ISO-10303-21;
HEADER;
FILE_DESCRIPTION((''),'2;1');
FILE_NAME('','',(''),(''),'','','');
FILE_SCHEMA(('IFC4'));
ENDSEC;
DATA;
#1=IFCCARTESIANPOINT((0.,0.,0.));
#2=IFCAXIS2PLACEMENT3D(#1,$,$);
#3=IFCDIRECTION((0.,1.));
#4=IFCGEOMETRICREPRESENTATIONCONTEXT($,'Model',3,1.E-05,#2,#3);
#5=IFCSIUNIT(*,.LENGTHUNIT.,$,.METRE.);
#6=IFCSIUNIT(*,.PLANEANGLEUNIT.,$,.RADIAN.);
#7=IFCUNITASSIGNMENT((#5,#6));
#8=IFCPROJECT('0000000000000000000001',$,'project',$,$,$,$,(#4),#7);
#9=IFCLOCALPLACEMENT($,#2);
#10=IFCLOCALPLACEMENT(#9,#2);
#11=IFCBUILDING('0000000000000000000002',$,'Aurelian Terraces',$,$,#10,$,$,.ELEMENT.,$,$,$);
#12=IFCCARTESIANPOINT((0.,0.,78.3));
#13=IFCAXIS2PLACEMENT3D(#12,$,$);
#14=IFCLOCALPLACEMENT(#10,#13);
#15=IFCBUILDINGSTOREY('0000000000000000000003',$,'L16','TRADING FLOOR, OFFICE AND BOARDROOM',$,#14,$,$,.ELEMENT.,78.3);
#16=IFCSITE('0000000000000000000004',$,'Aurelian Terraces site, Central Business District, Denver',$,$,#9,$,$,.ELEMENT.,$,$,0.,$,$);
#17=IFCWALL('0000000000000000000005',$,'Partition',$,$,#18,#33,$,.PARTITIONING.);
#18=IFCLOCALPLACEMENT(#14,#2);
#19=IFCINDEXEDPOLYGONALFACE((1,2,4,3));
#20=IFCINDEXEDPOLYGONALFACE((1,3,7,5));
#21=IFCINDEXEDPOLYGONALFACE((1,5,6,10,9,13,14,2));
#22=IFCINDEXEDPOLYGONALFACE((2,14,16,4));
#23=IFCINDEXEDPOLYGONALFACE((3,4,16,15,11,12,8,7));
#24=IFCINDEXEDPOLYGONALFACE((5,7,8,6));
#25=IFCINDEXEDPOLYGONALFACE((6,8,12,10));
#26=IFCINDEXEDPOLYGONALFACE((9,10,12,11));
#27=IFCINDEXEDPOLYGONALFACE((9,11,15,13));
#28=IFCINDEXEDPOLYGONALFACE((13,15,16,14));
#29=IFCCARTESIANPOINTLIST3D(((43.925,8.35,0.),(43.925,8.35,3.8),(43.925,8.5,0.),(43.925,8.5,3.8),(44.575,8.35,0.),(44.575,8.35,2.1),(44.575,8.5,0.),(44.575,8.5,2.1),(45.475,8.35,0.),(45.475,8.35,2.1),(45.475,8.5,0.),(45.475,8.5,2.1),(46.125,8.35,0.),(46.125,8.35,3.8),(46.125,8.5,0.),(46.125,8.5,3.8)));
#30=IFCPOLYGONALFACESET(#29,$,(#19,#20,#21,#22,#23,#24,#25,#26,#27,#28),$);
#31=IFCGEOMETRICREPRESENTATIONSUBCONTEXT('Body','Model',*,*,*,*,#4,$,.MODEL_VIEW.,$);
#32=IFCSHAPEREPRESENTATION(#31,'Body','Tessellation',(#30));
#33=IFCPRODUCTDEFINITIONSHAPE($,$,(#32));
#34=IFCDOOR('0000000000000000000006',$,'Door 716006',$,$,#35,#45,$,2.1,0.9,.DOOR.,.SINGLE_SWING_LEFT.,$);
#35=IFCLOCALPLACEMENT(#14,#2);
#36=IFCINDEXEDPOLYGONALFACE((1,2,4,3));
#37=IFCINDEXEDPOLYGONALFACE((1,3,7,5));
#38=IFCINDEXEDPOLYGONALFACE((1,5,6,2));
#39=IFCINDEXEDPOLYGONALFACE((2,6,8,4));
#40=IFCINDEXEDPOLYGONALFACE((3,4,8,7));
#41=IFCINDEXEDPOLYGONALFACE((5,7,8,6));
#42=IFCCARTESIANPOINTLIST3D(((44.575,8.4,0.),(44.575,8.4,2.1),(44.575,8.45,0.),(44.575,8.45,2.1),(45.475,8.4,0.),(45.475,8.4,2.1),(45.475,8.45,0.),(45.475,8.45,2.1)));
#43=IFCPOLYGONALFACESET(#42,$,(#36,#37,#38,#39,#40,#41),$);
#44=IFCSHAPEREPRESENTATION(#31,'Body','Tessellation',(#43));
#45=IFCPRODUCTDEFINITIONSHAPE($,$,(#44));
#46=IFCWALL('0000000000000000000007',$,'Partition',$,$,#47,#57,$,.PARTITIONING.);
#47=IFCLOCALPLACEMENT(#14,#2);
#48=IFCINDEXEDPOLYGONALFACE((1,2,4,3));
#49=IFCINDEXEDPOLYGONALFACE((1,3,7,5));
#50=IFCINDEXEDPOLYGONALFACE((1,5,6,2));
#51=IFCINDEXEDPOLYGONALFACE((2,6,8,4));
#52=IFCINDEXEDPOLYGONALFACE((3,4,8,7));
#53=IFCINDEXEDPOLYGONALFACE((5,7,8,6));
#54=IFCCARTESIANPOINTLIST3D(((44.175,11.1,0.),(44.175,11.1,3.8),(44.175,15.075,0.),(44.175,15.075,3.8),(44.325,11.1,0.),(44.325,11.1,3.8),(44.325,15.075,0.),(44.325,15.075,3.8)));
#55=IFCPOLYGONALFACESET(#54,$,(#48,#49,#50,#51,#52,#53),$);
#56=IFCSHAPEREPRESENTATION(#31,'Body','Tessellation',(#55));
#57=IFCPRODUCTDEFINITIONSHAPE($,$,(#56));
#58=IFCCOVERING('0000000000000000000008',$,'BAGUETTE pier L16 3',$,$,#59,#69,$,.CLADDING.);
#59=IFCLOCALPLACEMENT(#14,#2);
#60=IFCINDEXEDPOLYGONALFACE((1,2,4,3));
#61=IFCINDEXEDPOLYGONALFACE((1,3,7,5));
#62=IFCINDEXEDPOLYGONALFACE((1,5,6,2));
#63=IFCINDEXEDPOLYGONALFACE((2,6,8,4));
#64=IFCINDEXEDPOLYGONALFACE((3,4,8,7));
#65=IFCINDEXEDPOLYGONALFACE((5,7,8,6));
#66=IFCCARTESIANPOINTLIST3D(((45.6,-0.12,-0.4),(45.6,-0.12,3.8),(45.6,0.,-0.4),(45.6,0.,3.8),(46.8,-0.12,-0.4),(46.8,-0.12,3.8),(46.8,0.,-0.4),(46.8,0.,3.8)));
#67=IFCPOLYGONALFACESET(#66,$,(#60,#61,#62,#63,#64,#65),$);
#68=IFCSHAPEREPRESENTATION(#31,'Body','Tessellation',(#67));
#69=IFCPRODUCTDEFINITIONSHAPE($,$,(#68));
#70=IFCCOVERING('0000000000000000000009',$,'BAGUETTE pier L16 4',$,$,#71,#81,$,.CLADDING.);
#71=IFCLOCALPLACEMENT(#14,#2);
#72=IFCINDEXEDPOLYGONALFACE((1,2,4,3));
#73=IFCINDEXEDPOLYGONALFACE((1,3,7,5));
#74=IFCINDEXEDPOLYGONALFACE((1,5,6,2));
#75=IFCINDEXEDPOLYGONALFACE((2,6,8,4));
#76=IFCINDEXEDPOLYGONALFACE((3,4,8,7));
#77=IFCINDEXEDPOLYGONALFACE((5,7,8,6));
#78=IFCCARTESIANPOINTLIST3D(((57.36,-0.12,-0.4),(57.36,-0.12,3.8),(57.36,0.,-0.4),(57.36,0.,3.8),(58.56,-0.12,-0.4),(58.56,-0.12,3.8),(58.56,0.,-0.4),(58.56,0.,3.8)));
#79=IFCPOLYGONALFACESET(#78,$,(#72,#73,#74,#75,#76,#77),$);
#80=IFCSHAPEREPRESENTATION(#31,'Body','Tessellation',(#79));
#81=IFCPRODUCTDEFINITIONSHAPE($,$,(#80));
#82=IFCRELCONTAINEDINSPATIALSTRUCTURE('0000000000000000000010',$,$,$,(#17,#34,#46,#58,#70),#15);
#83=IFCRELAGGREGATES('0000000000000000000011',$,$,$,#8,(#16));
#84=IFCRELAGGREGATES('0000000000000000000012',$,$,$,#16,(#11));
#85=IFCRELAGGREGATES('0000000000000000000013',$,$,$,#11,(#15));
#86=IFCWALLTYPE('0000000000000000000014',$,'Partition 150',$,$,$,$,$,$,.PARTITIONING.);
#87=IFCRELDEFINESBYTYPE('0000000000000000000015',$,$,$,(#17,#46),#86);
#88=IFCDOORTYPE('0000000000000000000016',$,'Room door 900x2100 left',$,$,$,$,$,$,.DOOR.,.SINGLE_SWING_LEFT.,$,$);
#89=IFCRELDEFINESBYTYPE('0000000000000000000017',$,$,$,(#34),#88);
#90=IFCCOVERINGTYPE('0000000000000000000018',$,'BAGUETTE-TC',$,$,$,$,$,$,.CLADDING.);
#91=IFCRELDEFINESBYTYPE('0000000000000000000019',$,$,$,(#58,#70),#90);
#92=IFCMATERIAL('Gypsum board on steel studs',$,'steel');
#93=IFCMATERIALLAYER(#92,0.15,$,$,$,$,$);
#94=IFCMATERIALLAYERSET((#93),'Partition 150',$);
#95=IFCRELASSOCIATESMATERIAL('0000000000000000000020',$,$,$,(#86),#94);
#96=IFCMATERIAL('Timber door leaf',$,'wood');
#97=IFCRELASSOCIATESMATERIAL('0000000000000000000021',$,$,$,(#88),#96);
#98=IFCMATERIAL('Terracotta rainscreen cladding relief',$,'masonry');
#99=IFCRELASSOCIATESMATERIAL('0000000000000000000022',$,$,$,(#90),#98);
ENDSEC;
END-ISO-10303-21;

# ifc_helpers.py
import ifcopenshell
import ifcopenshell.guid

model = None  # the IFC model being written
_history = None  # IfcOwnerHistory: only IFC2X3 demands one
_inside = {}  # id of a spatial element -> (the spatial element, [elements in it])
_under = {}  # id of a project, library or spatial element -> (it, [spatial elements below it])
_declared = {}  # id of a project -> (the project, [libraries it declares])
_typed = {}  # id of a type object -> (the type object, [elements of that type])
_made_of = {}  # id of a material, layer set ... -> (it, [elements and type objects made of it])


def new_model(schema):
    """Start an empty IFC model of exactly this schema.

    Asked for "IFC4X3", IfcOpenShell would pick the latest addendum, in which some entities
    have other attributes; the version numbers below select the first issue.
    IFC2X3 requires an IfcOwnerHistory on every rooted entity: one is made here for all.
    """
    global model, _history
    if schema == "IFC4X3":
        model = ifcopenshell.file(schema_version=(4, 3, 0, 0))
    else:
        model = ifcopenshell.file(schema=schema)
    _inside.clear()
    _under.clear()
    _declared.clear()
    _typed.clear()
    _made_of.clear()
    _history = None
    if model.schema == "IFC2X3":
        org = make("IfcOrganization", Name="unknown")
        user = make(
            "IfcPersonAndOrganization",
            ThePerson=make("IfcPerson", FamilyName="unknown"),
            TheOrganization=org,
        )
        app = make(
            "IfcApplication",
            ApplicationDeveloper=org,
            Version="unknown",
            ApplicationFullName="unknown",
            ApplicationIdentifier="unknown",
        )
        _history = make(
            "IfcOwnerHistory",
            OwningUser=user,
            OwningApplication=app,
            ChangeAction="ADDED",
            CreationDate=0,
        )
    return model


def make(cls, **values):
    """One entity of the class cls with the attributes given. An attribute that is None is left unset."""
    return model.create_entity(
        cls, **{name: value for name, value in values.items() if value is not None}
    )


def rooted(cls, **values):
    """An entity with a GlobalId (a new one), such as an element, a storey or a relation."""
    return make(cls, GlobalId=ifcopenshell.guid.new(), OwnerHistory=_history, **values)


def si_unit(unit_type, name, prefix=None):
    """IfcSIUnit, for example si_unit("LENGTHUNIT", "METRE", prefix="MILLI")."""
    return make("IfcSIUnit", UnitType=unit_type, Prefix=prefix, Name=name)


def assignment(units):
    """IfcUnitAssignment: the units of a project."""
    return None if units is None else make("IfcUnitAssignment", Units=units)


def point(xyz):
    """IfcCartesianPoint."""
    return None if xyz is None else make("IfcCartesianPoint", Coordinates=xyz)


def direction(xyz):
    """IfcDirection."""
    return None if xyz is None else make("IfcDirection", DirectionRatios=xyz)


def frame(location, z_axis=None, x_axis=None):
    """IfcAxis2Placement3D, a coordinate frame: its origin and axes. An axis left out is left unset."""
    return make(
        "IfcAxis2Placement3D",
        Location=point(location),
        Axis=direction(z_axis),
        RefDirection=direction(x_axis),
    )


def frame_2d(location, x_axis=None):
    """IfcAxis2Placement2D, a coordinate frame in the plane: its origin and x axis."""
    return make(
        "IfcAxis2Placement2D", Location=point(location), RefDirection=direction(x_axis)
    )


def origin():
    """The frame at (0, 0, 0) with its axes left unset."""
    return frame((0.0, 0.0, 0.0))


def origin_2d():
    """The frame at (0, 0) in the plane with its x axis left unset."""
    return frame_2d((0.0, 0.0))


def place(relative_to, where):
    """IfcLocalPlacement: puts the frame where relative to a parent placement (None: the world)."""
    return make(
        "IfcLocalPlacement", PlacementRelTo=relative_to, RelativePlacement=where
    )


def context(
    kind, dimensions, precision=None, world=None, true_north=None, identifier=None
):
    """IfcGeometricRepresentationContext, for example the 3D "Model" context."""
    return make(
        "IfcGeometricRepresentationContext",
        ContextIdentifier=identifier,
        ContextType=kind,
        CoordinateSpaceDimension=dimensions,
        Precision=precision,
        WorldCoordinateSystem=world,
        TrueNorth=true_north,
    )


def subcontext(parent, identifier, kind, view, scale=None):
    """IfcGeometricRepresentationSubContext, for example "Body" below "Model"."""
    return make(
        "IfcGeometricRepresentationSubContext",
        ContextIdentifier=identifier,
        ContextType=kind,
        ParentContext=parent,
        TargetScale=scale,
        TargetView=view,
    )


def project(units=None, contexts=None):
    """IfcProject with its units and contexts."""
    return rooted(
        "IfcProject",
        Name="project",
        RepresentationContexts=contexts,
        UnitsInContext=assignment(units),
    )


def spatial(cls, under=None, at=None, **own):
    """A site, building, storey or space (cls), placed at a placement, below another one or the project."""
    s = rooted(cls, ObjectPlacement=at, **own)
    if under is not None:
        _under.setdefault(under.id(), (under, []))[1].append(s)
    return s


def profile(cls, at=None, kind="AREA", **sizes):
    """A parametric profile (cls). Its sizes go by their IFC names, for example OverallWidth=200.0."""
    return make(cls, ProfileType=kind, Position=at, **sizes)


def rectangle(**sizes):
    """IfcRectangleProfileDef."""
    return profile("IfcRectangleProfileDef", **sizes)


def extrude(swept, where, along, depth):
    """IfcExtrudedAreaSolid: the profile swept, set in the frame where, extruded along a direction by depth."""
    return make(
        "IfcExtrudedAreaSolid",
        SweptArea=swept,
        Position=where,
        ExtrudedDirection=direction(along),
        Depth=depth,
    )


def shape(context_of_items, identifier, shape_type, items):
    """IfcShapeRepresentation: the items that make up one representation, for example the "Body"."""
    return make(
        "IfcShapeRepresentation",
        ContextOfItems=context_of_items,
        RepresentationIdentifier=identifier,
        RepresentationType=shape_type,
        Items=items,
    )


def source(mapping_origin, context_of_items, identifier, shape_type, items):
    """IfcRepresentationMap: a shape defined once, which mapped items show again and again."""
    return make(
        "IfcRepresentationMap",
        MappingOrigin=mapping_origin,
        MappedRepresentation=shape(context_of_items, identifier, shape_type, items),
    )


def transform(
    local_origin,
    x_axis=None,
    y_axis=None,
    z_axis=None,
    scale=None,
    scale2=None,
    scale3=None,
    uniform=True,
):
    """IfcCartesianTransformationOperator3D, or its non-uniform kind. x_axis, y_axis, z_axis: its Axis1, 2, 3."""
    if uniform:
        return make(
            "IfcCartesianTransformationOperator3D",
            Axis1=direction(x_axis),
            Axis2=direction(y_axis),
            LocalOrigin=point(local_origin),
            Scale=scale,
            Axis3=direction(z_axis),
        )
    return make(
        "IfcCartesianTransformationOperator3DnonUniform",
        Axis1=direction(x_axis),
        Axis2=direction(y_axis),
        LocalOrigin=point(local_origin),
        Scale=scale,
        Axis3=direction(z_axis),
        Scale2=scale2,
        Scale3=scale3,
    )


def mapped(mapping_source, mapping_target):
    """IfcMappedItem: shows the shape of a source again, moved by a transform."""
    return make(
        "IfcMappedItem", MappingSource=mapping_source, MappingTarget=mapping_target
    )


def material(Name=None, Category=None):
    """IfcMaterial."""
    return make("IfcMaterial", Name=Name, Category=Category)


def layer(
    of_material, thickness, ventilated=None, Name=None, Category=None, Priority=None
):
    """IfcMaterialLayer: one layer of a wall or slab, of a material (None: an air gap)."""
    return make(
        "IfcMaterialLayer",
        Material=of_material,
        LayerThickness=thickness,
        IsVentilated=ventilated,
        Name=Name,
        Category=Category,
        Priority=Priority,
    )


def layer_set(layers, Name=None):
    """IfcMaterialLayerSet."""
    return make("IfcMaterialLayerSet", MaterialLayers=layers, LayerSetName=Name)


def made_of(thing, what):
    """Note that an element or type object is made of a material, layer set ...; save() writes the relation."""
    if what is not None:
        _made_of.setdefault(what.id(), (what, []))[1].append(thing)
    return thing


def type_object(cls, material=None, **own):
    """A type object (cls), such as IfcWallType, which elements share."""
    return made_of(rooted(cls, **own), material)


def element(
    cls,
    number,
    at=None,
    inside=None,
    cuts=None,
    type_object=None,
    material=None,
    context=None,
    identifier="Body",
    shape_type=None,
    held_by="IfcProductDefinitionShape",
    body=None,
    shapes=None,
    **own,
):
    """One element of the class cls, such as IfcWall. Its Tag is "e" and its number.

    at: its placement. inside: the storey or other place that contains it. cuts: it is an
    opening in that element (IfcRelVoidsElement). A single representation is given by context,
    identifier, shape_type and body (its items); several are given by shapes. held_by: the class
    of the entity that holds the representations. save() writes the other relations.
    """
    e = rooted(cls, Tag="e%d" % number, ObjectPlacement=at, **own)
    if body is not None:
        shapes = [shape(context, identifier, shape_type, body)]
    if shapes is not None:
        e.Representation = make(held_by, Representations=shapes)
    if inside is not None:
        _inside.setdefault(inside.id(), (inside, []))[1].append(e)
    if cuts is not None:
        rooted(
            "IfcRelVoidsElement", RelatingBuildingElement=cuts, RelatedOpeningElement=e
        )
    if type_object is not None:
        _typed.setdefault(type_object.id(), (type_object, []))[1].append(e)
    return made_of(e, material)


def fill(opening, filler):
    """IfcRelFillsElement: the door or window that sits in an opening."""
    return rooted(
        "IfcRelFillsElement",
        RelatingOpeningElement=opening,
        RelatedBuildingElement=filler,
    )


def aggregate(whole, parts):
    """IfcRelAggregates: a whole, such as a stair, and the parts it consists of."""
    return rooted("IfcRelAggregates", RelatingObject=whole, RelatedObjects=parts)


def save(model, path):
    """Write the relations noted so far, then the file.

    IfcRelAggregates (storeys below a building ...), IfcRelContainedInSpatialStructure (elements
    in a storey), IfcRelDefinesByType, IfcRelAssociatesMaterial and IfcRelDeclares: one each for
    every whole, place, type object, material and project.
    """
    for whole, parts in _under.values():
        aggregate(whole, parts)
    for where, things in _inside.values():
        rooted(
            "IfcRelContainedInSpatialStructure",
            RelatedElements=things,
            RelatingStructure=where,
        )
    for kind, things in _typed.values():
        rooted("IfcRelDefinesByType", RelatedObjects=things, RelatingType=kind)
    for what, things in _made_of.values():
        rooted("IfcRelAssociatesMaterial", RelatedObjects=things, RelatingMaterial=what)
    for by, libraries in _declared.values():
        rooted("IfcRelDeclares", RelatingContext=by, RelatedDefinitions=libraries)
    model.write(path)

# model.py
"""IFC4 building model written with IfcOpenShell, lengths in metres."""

from ifc_helpers import new_model, si_unit, direction, frame, frame_2d, origin, origin_2d, place, context, subcontext, project, spatial, rectangle, extrude, source, transform, mapped, material, layer, layer_set, type_object, element, fill, save


model = new_model("IFC4")

# Units and contexts
model_context = context("Model", 3, precision=1e-05, world=origin(), true_north=direction((0.0, 1.0)))
body_context = subcontext(model_context, "Body", "Model", "MODEL_VIEW")
ifc_project = project(units=[si_unit("LENGTHUNIT", "METRE"), si_unit("PLANEANGLEUNIT", "RADIAN")], contexts=[model_context])

# Site, building, storey
site_placement = place(None, origin())
site = spatial("IfcSite", under=ifc_project, at=site_placement, Name="Aurelian Terraces site, Central Business District, Denver", CompositionType="ELEMENT", RefElevation=0.0)
building_placement = place(site_placement, origin())
building = spatial("IfcBuilding", under=site, at=building_placement, Name="Aurelian Terraces", CompositionType="ELEMENT")
storey_placement = place(building_placement, frame((0.0, 0.0, 78.3)))
storey = spatial("IfcBuildingStorey", under=building, at=storey_placement, Name="L16", Description="TRADING FLOOR, OFFICE AND BOARDROOM", CompositionType="ELEMENT", Elevation=78.3)

# Shared definitions
ifc_material_1 = material(Name="Timber door leaf", Category="wood")

# Shared definitions
ifc_material_2 = material(Name="Gypsum board on steel studs", Category="steel")
ifc_layer_1 = layer(ifc_material_2, 0.15)
ifc_layer_set_1 = layer_set([ifc_layer_1], Name="Partition 150")
wall_type_1 = type_object("IfcWallType", Name="Partition 150", PredefinedType="PARTITIONING", material=ifc_layer_set_1)

# Wall, opening, door
shared_shape_1 = source(origin(), body_context, "Body", "SweptSolid", [
    extrude(rectangle(XDim=2.2, YDim=0.15, at=frame_2d((1.1, 0.0))), origin(), (0.0, 0.0, 1.0), 3.8),
])
wall_1_placement = place(storey_placement, frame((46.125, 8.425, 0.0), z_axis=(0.0, 0.0, 1.0), x_axis=(-1.0, 0.0, 0.0)))
wall_1 = element("IfcWall", 1, at=wall_1_placement, inside=storey, type_object=wall_type_1, Name="Partition", PredefinedType="PARTITIONING", context=body_context, shape_type="MappedRepresentation", body=[
    mapped(shared_shape_1, transform((0.0, 0.0, 0.0), scale=1.0)),
])
shared_shape_2 = source(origin(), body_context, "Body", "SweptSolid", [
    extrude(rectangle(XDim=0.9, YDim=2.1, at=frame_2d((0.45, 1.05))), frame((0.0, 0.085, 0.0), z_axis=(0.0, -1.0, 0.0), x_axis=(1.0, 0.0, 0.0)), (0.0, 0.0, 1.0), 0.17),
])
opening_1_placement = place(wall_1_placement, frame((0.65, 0.0, 0.0)))
opening_1 = element("IfcOpeningElement", 2, at=opening_1_placement, cuts=wall_1, PredefinedType="OPENING", context=body_context, shape_type="MappedRepresentation", body=[
    mapped(shared_shape_2, transform((0.0, 0.0, 0.0), scale=1.0)),
])
door_type_1 = type_object("IfcDoorType", Name="Room door 900x2100 left", OperationType="SINGLE_SWING_LEFT", PredefinedType="DOOR", material=ifc_material_1)
shared_shape_3 = source(origin(), body_context, "Body", "SweptSolid", [
    extrude(rectangle(XDim=0.9, YDim=2.1, at=frame_2d((0.45, 1.05))), frame((0.0, 0.025, 0.0), z_axis=(0.0, -1.0, 0.0), x_axis=(1.0, 0.0, 0.0)), (0.0, 0.0, 1.0), 0.05),
])
door_1_placement = place(opening_1_placement, origin())
door_1 = element("IfcDoor", 3, at=door_1_placement, inside=storey, type_object=door_type_1, Name="Door 716006", OperationType="SINGLE_SWING_LEFT", OverallHeight=2.1, OverallWidth=0.9, PredefinedType="DOOR", context=body_context, shape_type="MappedRepresentation", body=[
    mapped(shared_shape_3, transform((0.0, 0.0, 0.0), scale=1.0)),
])
fill(opening_1, door_1)

# Wall
shared_shape_4 = source(origin(), body_context, "Body", "SweptSolid", [
    extrude(rectangle(XDim=3.975, YDim=0.15, at=frame_2d((1.9875, 0.0))), origin(), (0.0, 0.0, 1.0), 3.8),
])
wall_2_placement = place(storey_placement, frame((44.25, 11.1, 0.0), z_axis=(0.0, 0.0, 1.0), x_axis=(0.0, 1.0, 0.0)))
element("IfcWall", 4, at=wall_2_placement, inside=storey, type_object=wall_type_1, Name="Partition", PredefinedType="PARTITIONING", context=body_context, shape_type="MappedRepresentation", body=[
    mapped(shared_shape_4, transform((0.0, 0.0, 0.0), scale=1.0)),
])

# Coverings
ifc_material_3 = material(Name="Terracotta rainscreen cladding relief", Category="masonry")
covering_type = type_object("IfcCoveringType", Name="BAGUETTE-TC", PredefinedType="CLADDING", material=ifc_material_3)
shared_shape_5 = source(origin(), body_context, "Body", "SweptSolid", [
    extrude(rectangle(XDim=1.2, YDim=0.12, at=origin_2d()), origin(), (0.0, 0.0, 1.0), 4.2),
])
for number, where, z_axis, x_axis, name in (
    (5, (46.2, -0.06, -0.4), (0.0, 0.0, 1.0), (1.0, 0.0, 0.0), "BAGUETTE pier L16 3"),
    (6, (57.96, -0.06, -0.4), (0.0, 0.0, 1.0), (1.0, 0.0, 0.0), "BAGUETTE pier L16 4"),
):
    element("IfcCovering", number, at=place(storey_placement, frame(where, z_axis=z_axis, x_axis=x_axis)), inside=storey, type_object=covering_type, Name=name, PredefinedType="CLADDING", context=body_context, shape_type="MappedRepresentation", body=[
        mapped(shared_shape_5, transform((0.0, 0.0, 0.0), scale=1.0)),
    ])

save(model, "model.ifc")
